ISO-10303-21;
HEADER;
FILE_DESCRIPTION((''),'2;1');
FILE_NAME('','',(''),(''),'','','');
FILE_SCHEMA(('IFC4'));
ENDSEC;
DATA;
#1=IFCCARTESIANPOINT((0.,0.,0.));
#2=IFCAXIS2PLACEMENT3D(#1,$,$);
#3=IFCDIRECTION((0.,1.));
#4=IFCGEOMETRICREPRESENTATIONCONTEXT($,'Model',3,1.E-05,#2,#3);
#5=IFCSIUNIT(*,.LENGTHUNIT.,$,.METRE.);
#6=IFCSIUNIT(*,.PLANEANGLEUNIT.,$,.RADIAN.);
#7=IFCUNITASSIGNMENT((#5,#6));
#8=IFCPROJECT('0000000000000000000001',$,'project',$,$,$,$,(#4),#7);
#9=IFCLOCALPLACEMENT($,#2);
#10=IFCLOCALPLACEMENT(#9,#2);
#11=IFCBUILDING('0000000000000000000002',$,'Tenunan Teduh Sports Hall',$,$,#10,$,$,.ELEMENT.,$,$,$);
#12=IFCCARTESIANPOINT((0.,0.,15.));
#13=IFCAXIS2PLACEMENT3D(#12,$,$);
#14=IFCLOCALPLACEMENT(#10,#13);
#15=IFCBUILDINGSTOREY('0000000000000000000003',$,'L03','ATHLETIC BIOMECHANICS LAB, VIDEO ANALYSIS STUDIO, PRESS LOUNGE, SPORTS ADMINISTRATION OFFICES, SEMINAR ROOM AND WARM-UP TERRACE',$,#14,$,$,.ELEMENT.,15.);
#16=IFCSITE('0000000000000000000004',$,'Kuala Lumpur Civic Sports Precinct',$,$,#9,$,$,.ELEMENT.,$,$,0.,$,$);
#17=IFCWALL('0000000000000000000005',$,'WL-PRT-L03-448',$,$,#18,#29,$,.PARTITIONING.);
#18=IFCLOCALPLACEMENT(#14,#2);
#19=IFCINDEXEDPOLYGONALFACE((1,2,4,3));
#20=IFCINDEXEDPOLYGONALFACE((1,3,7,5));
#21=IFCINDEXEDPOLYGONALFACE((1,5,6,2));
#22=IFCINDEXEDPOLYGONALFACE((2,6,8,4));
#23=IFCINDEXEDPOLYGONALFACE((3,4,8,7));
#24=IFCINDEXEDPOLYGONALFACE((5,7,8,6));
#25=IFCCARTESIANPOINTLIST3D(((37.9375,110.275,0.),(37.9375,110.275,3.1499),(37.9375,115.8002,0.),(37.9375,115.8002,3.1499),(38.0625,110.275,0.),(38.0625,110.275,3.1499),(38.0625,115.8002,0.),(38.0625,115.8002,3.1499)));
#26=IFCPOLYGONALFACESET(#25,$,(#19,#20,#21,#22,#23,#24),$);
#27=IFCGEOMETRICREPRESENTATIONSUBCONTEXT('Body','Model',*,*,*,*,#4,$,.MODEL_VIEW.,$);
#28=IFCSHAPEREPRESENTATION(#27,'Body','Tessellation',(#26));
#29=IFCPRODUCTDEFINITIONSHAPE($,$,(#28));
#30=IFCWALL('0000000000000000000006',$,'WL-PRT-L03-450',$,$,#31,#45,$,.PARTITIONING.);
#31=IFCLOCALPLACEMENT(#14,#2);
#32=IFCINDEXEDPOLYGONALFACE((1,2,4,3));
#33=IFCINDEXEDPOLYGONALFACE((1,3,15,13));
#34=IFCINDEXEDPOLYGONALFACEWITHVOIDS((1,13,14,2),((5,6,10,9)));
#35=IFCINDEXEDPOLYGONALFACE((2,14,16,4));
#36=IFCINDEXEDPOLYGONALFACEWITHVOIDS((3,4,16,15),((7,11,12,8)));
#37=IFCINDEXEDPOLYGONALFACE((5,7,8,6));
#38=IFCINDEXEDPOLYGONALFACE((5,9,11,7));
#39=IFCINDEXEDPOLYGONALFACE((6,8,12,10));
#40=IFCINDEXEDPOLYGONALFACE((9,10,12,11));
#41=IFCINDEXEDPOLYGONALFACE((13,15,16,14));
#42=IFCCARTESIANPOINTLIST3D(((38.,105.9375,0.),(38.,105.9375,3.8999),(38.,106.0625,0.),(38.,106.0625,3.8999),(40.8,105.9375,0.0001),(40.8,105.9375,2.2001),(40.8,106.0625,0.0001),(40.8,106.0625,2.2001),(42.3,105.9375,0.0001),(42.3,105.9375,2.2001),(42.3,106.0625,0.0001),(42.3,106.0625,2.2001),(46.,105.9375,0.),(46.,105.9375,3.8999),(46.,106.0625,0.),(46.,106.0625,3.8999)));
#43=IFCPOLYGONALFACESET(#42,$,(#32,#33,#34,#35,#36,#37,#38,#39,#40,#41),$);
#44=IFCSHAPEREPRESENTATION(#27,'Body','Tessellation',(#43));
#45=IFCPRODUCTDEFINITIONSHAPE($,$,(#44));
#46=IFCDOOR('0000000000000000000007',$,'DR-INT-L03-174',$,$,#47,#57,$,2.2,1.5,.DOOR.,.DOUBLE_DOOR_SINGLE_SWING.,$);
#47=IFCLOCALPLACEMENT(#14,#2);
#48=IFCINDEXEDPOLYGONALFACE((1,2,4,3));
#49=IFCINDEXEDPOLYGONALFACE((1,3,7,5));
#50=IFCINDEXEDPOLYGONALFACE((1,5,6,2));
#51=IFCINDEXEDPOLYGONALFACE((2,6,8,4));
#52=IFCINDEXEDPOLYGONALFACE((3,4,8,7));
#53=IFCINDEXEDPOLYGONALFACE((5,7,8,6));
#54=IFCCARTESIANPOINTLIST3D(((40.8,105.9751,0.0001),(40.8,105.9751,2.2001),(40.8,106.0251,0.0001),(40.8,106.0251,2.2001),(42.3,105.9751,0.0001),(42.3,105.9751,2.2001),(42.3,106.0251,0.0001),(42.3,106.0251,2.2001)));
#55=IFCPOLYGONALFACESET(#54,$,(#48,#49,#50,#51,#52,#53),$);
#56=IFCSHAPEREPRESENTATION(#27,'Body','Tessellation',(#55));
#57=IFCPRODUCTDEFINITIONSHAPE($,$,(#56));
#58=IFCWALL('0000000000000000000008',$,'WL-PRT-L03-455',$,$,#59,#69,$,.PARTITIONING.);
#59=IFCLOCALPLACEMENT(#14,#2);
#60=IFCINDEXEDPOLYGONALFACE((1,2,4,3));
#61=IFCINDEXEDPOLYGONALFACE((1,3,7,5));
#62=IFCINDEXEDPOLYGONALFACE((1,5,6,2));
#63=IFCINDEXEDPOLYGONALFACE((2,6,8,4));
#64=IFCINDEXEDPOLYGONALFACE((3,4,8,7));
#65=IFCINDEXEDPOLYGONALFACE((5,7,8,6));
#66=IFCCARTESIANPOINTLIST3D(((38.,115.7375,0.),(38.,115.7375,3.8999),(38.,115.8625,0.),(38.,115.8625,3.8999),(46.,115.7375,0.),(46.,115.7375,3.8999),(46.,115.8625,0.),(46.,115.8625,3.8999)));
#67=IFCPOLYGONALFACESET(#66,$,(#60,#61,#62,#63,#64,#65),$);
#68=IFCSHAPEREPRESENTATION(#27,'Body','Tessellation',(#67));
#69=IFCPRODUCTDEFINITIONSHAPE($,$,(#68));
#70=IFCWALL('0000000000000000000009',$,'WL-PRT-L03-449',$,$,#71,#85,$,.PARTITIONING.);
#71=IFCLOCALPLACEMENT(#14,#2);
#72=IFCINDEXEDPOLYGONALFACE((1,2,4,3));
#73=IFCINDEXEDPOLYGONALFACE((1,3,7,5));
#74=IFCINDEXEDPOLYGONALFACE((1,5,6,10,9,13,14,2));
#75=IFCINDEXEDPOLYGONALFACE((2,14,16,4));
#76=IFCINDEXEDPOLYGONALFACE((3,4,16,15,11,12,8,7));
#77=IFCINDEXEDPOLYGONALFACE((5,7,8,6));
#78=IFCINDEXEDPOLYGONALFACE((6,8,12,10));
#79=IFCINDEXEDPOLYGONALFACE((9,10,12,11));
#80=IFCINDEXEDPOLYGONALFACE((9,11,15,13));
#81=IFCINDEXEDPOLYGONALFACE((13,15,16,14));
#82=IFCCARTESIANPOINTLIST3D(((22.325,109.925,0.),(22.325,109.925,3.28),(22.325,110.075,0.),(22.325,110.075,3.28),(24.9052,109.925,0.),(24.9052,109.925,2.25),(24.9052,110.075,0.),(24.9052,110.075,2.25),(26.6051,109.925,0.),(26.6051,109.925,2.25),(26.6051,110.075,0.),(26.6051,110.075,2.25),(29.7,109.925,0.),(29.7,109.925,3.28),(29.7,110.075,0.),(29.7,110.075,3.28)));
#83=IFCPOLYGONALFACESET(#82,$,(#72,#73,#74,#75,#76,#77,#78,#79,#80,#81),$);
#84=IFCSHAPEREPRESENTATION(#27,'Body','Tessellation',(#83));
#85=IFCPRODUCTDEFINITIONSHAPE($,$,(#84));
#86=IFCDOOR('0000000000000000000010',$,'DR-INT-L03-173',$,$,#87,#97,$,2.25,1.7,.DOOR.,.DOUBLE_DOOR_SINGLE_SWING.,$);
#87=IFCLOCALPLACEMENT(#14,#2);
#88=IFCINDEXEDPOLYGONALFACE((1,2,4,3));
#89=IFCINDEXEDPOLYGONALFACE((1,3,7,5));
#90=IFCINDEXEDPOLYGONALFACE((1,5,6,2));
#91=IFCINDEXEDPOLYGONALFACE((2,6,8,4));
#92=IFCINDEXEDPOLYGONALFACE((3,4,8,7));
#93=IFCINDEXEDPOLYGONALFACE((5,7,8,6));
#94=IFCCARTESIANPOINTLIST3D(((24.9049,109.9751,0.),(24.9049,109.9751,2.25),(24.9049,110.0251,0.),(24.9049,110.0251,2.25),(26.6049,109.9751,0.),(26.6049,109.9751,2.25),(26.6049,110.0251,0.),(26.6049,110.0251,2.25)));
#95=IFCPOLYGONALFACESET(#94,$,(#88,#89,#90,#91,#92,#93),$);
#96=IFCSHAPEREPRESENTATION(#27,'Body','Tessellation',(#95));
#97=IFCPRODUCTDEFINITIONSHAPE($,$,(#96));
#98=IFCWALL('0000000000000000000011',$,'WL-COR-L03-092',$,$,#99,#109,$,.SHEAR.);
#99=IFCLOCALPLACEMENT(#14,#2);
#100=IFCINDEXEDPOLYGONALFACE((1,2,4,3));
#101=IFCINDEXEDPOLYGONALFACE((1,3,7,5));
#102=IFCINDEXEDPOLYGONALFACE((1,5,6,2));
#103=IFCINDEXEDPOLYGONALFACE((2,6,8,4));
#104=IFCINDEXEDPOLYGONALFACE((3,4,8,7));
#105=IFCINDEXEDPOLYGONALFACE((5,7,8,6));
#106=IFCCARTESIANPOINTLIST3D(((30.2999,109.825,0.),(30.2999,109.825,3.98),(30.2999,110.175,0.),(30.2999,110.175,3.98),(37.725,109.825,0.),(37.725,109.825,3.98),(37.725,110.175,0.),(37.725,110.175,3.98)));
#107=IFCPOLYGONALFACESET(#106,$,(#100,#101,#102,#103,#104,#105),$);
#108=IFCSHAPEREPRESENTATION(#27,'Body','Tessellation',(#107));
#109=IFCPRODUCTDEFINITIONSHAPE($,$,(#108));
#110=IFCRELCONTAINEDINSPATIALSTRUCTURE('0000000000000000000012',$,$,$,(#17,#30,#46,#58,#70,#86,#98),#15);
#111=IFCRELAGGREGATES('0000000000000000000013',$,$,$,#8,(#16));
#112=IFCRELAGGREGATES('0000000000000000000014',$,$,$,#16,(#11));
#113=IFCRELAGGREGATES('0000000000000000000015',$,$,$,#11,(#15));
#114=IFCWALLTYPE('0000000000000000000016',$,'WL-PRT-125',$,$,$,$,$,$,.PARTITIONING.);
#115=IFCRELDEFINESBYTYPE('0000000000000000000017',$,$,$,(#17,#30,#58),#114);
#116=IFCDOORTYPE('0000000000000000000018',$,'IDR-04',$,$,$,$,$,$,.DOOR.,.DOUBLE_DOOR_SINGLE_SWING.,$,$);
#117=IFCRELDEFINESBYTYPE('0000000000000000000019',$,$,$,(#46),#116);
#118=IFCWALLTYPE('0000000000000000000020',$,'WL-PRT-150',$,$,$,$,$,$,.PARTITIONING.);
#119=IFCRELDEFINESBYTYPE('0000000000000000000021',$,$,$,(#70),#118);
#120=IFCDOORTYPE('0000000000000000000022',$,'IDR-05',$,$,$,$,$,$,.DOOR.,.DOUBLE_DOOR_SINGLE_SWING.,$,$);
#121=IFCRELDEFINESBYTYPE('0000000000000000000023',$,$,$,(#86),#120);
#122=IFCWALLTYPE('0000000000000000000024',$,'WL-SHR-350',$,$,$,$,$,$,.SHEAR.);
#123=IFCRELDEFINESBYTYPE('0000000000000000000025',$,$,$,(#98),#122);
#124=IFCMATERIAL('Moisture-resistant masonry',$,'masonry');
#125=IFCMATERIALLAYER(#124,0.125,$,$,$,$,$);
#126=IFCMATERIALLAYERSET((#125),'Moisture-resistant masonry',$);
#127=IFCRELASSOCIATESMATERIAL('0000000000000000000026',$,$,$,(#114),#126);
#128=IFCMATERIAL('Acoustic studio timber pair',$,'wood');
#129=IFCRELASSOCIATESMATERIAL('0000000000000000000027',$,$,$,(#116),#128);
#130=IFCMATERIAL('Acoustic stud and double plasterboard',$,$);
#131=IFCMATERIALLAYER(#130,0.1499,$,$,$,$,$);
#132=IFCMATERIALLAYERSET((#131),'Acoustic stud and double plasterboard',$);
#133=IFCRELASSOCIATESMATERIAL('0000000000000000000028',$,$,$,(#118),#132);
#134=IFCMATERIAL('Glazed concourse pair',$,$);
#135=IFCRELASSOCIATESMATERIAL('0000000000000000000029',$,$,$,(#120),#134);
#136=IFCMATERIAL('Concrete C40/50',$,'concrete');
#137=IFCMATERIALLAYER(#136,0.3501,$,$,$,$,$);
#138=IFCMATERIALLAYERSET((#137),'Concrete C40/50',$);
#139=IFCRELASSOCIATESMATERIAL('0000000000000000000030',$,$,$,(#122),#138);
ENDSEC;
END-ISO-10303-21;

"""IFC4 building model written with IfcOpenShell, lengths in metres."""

from ifc_helpers import new_model, si_unit, direction, frame, frame_2d, origin, place, context, subcontext, project, spatial, rectangle, extrude, material, layer, layer_set, type_object, element, fill, save


model = new_model("IFC4")

# Units and contexts
model_context = context("Model", 3, precision=1e-05, world=origin(), true_north=direction((0.0, 1.0)))
body_context = subcontext(model_context, "Body", "Model", "MODEL_VIEW")
ifc_project = project(units=[si_unit("LENGTHUNIT", "METRE"), si_unit("PLANEANGLEUNIT", "RADIAN")], contexts=[model_context])

# Site, building, storey
site_placement = place(None, origin())
site = spatial("IfcSite", under=ifc_project, at=site_placement, Name="Kuala Lumpur Civic Sports Precinct", CompositionType="ELEMENT", RefElevation=0.0)
building_placement = place(site_placement, origin())
building = spatial("IfcBuilding", under=site, at=building_placement, Name="Tenunan Teduh Sports Hall", CompositionType="ELEMENT")
storey_placement = place(building_placement, frame((0.0, 0.0, 15.0)))
storey = spatial("IfcBuildingStorey", under=building, at=storey_placement, Name="L03", Description="ATHLETIC BIOMECHANICS LAB, VIDEO ANALYSIS STUDIO, PRESS LOUNGE, SPORTS ADMINISTRATION OFFICES, SEMINAR ROOM AND WARM-UP TERRACE", CompositionType="ELEMENT", Elevation=15.0)

# Wall
ifc_material_1 = material(Name="Moisture-resistant masonry", Category="masonry")
ifc_layer_1 = layer(ifc_material_1, 0.125)
ifc_layer_set_1 = layer_set([ifc_layer_1], Name="Moisture-resistant masonry")
wall_type_1 = type_object("IfcWallType", Name="WL-PRT-125", PredefinedType="PARTITIONING", material=ifc_layer_set_1)
wall_1_placement = place(storey_placement, frame((38.0, 110.2749, 0.0), z_axis=(0.0, 0.0, 1.0), x_axis=(0.0, 1.0, 0.0)))
element("IfcWall", 1, at=wall_1_placement, inside=storey, type_object=wall_type_1, Name="WL-PRT-L03-448", PredefinedType="PARTITIONING", context=body_context, shape_type="SweptSolid", body=[
    extrude(rectangle(XDim=5.5251, YDim=0.125, at=frame_2d((2.7627, 0.0))), origin(), (0.0, 0.0, 1.0), 3.1499),
])

# Wall, opening, door
wall_2_placement = place(storey_placement, frame((38.0, 106.0, 0.0), z_axis=(0.0, 0.0, 1.0), x_axis=(1.0, 0.0, 0.0)))
wall_2 = element("IfcWall", 2, at=wall_2_placement, inside=storey, type_object=wall_type_1, Name="WL-PRT-L03-450", PredefinedType="PARTITIONING", context=body_context, shape_type="SweptSolid", body=[
    extrude(rectangle(XDim=8.0, YDim=0.125, at=frame_2d((4.0, 0.0))), origin(), (0.0, 0.0, 1.0), 3.8999),
])
opening_1_placement = place(wall_2_placement, frame((2.8, 0.0, 0.0)))
opening_1 = element("IfcOpeningElement", 3, at=opening_1_placement, cuts=wall_2, PredefinedType="OPENING", context=body_context, shape_type="SweptSolid", body=[
    extrude(rectangle(XDim=1.5, YDim=2.2, at=frame_2d((0.75, 1.1001))), frame((0.0, 0.0725, 0.0), z_axis=(0.0, -1.0, 0.0), x_axis=(1.0, 0.0, 0.0)), (0.0, 0.0, 1.0), 0.145),
])
ifc_material_2 = material(Name="Acoustic studio timber pair", Category="wood")
door_type_1 = type_object("IfcDoorType", Name="IDR-04", OperationType="DOUBLE_DOOR_SINGLE_SWING", PredefinedType="DOOR", material=ifc_material_2)
door_1_placement = place(opening_1_placement, frame((1.5, 0.0, 0.0), z_axis=(0.0, 0.0, 1.0), x_axis=(-1.0, 0.0, 0.0)))
door_1 = element("IfcDoor", 4, at=door_1_placement, inside=storey, type_object=door_type_1, Name="DR-INT-L03-174", OperationType="DOUBLE_DOOR_SINGLE_SWING", OverallHeight=2.2, OverallWidth=1.5, PredefinedType="DOOR", context=body_context, shape_type="SweptSolid", body=[
    extrude(rectangle(XDim=1.5, YDim=2.2, at=frame_2d((0.75, 1.1001))), frame((0.0, 0.0249, 0.0), z_axis=(0.0, -1.0, 0.0), x_axis=(1.0, 0.0, 0.0)), (0.0, 0.0, 1.0), 0.05),
])
fill(opening_1, door_1)

# Wall
wall_3_placement = place(storey_placement, frame((38.0, 115.8, 0.0), z_axis=(0.0, 0.0, 1.0), x_axis=(1.0, 0.0, 0.0)))
element("IfcWall", 5, at=wall_3_placement, inside=storey, type_object=wall_type_1, Name="WL-PRT-L03-455", PredefinedType="PARTITIONING", context=body_context, shape_type="SweptSolid", body=[
    extrude(rectangle(XDim=8.0, YDim=0.125, at=frame_2d((4.0, 0.0))), origin(), (0.0, 0.0, 1.0), 3.8999),
])

# Wall, opening, door
ifc_material_3 = material(Name="Acoustic stud and double plasterboard")
ifc_layer_2 = layer(ifc_material_3, 0.1499)
ifc_layer_set_2 = layer_set([ifc_layer_2], Name="Acoustic stud and double plasterboard")
wall_type_2 = type_object("IfcWallType", Name="WL-PRT-150", PredefinedType="PARTITIONING", material=ifc_layer_set_2)
wall_4_placement = place(storey_placement, frame((22.325, 110.0, 0.0), z_axis=(0.0, 0.0, 1.0), x_axis=(1.0, 0.0, 0.0)))
wall_4 = element("IfcWall", 6, at=wall_4_placement, inside=storey, type_object=wall_type_2, Name="WL-PRT-L03-449", PredefinedType="PARTITIONING", context=body_context, shape_type="SweptSolid", body=[
    extrude(rectangle(XDim=7.375, YDim=0.1499, at=frame_2d((3.6875, 0.0))), origin(), (0.0, 0.0, 1.0), 3.28),
])
opening_2_placement = place(wall_4_placement, frame((2.5801, 0.0, 0.0)))
opening_2 = element("IfcOpeningElement", 7, at=opening_2_placement, cuts=wall_4, PredefinedType="OPENING", context=body_context, shape_type="SweptSolid", body=[
    extrude(rectangle(XDim=1.7, YDim=2.25, at=frame_2d((0.8501, 1.125))), frame((0.0, 0.085, 0.0), z_axis=(0.0, -1.0, 0.0), x_axis=(1.0, 0.0, 0.0)), (0.0, 0.0, 1.0), 0.1699),
])
ifc_material_4 = material(Name="Glazed concourse pair")
door_type_2 = type_object("IfcDoorType", Name="IDR-05", OperationType="DOUBLE_DOOR_SINGLE_SWING", PredefinedType="DOOR", material=ifc_material_4)
door_2_placement = place(opening_2_placement, frame((1.7, 0.0, 0.0), z_axis=(0.0, 0.0, 1.0), x_axis=(-1.0, 0.0, 0.0)))
door_2 = element("IfcDoor", 8, at=door_2_placement, inside=storey, type_object=door_type_2, Name="DR-INT-L03-173", OperationType="DOUBLE_DOOR_SINGLE_SWING", OverallHeight=2.25, OverallWidth=1.7, PredefinedType="DOOR", context=body_context, shape_type="SweptSolid", body=[
    extrude(rectangle(XDim=1.7, YDim=2.25, at=frame_2d((0.8501, 1.125))), frame((0.0, 0.0249, 0.0), z_axis=(0.0, -1.0, 0.0), x_axis=(1.0, 0.0, 0.0)), (0.0, 0.0, 1.0), 0.05),
])
fill(opening_2, door_2)

# Wall
ifc_material_5 = material(Name="Concrete C40/50", Category="concrete")
ifc_layer_3 = layer(ifc_material_5, 0.3501)
ifc_layer_set_3 = layer_set([ifc_layer_3], Name="Concrete C40/50")
wall_type_3 = type_object("IfcWallType", Name="WL-SHR-350", PredefinedType="SHEAR", material=ifc_layer_set_3)
wall_5_placement = place(storey_placement, frame((30.3, 110.0, 0.0), z_axis=(0.0, 0.0, 1.0), x_axis=(1.0, 0.0, 0.0)))
element("IfcWall", 9, at=wall_5_placement, inside=storey, type_object=wall_type_3, Name="WL-COR-L03-092", PredefinedType="SHEAR", context=body_context, shape_type="SweptSolid", body=[
    extrude(rectangle(XDim=7.425, YDim=0.3501, at=frame_2d((3.7124, 0.0))), origin(), (0.0, 0.0, 1.0), 3.98),
])

save(model, "model.ifc")
